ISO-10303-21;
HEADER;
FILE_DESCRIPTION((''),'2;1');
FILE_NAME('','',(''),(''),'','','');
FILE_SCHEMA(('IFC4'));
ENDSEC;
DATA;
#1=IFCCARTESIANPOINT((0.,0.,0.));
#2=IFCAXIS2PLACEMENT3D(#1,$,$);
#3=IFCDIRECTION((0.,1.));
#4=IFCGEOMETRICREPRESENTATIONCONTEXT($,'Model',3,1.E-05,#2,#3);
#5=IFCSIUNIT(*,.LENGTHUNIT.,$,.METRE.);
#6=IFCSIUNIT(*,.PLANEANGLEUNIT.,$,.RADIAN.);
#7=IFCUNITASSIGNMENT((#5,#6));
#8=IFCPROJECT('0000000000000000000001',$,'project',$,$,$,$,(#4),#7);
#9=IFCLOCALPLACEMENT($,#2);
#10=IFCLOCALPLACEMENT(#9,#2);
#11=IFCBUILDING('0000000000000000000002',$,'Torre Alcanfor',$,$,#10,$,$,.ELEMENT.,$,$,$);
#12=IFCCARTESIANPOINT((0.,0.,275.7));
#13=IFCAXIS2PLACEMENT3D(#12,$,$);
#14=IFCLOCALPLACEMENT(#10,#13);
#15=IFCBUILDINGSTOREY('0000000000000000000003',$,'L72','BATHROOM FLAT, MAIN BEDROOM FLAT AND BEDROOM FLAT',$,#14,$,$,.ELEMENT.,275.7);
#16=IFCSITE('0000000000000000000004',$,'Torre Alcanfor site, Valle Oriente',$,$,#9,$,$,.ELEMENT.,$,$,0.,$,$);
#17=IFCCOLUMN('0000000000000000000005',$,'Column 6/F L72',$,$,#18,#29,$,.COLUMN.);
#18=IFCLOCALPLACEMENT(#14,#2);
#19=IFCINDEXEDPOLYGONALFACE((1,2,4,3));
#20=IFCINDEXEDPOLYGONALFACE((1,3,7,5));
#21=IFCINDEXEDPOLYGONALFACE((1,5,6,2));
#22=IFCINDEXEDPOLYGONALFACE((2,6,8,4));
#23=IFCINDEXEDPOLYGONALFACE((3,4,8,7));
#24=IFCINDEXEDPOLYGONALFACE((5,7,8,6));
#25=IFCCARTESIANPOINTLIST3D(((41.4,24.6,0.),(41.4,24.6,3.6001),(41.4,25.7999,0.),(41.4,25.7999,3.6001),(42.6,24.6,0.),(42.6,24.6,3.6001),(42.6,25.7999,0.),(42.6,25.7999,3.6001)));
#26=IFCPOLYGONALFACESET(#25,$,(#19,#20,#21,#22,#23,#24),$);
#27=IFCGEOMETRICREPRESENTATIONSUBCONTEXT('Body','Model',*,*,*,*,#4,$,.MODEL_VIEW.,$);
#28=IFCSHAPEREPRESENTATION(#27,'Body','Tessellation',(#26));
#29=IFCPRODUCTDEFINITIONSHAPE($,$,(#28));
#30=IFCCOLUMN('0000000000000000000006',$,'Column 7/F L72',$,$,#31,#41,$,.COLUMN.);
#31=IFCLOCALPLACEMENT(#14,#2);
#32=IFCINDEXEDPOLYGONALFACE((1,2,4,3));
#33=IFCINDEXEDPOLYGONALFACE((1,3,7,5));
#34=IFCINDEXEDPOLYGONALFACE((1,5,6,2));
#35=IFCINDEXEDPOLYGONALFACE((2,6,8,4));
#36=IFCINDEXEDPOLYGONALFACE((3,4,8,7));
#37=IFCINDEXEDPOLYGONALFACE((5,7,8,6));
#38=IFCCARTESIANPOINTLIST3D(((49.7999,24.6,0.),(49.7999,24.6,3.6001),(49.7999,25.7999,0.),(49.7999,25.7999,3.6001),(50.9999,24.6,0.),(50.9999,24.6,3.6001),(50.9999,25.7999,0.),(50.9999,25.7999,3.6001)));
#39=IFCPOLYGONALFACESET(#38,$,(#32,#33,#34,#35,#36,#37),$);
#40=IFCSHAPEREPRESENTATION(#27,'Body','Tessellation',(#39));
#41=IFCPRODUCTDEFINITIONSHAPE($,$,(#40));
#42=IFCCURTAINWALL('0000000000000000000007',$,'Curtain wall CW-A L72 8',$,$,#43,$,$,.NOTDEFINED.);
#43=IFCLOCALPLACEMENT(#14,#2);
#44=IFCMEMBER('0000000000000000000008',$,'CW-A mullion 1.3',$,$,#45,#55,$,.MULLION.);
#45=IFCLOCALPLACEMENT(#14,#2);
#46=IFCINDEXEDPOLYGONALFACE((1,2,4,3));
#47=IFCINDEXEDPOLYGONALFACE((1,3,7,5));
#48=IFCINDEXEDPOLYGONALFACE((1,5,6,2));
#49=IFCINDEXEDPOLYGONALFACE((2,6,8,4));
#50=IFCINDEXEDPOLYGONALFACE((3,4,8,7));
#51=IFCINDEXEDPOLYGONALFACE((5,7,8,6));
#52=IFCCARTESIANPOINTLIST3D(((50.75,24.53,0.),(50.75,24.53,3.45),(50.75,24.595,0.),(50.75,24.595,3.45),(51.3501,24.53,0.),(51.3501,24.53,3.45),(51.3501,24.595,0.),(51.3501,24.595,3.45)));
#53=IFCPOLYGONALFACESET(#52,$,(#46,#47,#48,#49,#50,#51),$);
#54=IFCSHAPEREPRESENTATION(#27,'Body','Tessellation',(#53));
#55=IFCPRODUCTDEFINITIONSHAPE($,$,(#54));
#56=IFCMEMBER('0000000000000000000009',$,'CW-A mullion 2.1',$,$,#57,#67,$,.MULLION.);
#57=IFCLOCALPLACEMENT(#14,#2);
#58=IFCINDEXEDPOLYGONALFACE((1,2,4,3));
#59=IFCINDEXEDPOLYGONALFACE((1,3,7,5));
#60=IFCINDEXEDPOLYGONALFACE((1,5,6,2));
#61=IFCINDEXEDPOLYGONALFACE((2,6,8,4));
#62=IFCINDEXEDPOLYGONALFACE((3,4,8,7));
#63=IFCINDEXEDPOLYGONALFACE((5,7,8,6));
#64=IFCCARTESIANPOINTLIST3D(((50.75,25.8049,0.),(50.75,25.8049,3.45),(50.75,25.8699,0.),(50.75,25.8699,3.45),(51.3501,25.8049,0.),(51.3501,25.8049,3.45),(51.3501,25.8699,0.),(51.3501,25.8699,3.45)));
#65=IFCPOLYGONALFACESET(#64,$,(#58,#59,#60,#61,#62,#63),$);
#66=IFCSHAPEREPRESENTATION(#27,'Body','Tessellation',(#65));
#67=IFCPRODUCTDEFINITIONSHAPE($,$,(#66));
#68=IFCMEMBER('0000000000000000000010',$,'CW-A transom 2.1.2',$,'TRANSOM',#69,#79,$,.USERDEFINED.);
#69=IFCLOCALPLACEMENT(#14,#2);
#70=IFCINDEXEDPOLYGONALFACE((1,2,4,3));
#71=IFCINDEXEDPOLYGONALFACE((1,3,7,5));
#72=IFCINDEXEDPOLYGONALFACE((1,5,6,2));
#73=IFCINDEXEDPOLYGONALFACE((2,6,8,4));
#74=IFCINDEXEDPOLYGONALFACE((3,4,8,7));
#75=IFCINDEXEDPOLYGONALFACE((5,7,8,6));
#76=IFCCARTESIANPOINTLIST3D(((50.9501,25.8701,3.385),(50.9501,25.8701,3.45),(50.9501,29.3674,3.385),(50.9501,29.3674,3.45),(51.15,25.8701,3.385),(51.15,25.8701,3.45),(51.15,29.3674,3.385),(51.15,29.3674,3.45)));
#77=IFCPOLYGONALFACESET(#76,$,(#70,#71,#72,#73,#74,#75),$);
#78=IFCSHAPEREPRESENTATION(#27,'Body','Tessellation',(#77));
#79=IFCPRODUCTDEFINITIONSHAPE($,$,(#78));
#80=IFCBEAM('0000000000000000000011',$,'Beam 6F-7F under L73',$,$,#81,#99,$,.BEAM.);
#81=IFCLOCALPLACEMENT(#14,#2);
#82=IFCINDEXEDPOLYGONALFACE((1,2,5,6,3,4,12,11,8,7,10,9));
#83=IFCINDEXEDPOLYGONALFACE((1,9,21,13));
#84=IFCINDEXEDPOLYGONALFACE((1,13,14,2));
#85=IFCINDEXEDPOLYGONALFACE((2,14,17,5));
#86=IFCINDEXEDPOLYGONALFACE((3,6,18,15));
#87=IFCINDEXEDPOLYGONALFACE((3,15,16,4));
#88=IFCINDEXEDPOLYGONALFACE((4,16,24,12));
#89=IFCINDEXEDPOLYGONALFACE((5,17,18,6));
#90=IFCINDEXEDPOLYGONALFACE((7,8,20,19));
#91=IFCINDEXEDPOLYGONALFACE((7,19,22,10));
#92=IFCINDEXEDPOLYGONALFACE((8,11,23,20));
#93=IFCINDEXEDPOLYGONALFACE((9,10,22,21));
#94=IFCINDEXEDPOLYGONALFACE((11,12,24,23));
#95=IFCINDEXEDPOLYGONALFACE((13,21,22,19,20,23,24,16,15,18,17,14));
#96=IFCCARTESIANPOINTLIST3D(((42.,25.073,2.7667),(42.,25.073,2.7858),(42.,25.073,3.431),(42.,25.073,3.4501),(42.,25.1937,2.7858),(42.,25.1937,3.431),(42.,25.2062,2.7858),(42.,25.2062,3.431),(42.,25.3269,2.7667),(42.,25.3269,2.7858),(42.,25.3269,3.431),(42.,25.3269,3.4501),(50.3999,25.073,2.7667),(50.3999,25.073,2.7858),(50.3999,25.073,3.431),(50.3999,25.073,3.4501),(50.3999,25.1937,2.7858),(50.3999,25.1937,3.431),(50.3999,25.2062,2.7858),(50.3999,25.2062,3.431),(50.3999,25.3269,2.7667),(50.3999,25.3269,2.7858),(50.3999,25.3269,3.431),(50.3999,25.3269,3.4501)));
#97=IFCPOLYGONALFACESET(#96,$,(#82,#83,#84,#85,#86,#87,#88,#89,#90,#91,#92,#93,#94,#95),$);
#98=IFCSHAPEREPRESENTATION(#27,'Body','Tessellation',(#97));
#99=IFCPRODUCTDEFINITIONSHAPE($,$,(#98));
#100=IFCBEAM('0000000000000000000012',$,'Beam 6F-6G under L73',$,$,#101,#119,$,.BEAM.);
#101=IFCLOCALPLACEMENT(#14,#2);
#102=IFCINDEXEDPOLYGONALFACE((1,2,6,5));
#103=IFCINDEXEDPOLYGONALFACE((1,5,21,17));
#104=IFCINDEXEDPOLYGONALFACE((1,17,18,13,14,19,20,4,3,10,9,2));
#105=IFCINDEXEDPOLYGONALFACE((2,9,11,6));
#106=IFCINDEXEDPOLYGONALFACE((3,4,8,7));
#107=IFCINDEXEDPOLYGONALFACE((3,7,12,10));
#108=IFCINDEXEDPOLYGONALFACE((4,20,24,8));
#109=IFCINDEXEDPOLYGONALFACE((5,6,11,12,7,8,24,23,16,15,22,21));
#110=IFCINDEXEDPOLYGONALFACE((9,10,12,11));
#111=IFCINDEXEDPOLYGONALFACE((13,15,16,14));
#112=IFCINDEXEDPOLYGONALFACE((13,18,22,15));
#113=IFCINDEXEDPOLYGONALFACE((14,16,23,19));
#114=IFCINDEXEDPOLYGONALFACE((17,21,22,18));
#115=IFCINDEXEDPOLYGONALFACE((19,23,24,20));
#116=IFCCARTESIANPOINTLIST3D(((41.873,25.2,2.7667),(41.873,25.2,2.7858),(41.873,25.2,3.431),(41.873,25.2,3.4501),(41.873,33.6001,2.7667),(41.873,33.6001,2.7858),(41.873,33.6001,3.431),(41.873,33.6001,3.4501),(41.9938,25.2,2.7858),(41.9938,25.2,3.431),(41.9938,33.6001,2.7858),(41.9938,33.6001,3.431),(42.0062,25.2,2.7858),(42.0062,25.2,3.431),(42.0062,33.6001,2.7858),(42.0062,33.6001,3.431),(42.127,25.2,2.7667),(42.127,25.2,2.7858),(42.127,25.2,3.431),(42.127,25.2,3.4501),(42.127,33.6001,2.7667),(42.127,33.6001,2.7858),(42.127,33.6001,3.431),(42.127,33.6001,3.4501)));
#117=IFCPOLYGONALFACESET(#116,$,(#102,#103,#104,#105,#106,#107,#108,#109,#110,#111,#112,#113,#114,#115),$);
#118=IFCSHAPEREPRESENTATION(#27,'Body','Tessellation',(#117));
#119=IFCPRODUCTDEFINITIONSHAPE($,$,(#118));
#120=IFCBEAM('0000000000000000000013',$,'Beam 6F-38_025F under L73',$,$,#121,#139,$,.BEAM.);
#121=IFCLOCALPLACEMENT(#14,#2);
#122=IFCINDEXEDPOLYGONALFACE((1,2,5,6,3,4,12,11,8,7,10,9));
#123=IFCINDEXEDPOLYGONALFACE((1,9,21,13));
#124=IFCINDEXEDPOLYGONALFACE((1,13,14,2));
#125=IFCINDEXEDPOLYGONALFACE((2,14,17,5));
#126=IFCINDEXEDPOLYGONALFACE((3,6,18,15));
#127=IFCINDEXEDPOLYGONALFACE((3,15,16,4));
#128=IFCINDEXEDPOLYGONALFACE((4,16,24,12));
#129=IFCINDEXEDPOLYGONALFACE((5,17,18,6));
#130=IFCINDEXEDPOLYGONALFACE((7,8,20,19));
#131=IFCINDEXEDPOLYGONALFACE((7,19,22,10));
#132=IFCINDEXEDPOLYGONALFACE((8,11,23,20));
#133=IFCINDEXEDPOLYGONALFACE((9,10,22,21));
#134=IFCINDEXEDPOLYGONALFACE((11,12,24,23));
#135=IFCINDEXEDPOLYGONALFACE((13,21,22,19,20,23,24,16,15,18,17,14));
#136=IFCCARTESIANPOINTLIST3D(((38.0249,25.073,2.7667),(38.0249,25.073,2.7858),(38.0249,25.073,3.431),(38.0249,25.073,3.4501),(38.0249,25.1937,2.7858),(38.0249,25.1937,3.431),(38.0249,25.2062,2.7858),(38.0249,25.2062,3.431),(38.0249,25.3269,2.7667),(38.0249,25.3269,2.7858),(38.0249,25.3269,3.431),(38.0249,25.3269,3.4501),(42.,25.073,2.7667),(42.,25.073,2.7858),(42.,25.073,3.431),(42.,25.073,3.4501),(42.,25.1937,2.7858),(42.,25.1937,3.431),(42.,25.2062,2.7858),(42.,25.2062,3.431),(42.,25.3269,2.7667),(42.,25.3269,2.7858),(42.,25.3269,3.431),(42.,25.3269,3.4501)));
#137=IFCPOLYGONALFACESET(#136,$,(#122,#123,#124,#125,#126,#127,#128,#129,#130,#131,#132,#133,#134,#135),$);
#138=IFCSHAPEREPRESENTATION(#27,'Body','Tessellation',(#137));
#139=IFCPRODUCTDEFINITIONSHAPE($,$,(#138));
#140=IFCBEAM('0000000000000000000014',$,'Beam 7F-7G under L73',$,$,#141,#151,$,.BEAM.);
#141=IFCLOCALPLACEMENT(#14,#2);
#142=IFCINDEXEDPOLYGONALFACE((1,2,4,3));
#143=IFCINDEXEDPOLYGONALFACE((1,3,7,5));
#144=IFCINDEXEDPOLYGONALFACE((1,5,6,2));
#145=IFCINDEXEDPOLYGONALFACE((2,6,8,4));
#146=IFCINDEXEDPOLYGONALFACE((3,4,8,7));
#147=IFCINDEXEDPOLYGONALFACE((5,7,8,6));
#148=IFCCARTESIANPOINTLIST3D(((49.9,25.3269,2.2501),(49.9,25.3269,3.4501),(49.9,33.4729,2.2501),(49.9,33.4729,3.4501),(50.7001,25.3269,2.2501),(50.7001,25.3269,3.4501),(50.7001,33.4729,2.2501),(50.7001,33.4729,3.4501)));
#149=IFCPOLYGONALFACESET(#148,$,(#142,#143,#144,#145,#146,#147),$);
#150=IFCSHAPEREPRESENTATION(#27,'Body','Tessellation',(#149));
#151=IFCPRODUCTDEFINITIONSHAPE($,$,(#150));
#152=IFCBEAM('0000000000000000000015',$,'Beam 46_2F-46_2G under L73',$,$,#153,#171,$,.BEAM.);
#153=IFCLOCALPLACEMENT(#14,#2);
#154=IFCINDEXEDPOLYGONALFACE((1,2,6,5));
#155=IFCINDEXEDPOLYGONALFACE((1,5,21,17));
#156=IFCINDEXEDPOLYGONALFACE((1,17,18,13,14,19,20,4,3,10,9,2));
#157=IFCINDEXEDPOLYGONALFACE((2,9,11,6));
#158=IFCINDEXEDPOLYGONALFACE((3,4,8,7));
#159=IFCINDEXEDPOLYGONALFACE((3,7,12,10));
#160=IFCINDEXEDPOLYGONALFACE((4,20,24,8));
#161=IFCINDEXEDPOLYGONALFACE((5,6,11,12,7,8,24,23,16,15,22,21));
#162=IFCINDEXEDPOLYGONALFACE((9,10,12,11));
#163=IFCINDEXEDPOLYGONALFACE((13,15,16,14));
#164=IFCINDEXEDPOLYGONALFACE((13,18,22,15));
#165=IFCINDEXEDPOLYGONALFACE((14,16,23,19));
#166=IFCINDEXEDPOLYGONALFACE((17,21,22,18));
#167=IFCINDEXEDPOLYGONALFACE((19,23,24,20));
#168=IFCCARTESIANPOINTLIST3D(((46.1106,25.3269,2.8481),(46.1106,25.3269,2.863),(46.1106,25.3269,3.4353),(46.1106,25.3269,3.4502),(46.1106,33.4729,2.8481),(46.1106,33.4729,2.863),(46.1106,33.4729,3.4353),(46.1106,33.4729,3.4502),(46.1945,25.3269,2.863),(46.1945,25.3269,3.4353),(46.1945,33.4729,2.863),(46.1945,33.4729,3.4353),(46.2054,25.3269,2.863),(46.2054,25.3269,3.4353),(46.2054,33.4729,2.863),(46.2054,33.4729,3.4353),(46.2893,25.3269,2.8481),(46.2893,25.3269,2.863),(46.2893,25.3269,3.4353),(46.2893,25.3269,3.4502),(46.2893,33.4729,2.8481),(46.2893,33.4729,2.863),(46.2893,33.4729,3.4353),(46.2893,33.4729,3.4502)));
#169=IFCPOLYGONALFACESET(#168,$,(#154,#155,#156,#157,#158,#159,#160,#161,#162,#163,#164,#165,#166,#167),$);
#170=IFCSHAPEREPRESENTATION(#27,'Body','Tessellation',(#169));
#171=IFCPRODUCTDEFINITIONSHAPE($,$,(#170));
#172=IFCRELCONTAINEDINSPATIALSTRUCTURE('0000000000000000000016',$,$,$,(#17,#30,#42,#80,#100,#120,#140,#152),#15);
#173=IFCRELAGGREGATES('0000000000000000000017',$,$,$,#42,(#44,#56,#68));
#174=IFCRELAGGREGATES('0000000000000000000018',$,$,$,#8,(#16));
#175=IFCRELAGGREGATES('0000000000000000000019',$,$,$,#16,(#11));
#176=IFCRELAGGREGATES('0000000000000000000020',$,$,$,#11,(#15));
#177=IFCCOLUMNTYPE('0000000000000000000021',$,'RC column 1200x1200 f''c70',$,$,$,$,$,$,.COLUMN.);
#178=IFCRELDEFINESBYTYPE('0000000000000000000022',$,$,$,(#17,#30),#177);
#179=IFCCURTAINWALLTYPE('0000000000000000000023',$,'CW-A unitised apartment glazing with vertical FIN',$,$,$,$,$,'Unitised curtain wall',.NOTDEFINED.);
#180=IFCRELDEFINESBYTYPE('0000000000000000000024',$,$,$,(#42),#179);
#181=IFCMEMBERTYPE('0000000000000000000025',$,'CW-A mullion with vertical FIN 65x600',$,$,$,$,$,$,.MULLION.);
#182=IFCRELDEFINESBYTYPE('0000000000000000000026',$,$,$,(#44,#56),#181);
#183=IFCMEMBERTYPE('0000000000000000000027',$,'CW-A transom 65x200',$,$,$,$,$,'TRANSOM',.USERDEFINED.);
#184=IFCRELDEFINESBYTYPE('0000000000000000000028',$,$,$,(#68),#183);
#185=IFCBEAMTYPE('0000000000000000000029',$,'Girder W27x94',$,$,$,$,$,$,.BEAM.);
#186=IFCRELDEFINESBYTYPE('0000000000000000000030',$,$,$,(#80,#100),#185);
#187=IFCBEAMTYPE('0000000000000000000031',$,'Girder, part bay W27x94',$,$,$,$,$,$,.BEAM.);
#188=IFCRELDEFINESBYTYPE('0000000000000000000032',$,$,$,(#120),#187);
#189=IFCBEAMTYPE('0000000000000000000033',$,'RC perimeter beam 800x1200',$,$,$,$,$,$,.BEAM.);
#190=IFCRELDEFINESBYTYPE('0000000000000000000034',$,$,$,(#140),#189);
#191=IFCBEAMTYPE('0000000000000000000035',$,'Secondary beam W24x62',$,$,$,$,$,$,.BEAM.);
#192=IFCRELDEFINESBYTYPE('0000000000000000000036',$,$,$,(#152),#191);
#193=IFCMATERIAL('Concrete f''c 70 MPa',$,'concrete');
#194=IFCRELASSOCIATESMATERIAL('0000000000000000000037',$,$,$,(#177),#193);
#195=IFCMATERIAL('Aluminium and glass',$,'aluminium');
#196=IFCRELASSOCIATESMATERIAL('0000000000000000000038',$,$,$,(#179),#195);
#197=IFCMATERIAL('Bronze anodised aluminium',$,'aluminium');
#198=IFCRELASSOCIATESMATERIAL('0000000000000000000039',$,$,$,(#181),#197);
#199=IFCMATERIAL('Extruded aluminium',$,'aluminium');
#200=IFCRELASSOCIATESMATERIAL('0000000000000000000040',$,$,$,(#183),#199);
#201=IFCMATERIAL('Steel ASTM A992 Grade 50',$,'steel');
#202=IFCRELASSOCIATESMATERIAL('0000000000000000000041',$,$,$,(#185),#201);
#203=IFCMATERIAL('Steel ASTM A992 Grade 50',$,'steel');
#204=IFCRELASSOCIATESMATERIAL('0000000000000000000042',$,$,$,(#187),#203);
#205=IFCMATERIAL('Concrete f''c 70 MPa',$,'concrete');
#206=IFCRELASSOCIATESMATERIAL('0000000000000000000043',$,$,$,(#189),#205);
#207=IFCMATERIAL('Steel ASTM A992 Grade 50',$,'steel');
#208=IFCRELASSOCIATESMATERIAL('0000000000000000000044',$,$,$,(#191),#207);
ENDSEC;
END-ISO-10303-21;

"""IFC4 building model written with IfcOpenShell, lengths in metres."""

from ifc_helpers import new_model, si_unit, direction, frame, origin, origin_2d, place, context, subcontext, project, spatial, rectangle, i_section, extrude, material, material_profile, profile_set, type_object, element, aggregate, save


model = new_model("IFC4")

# Units and contexts
model_context = context("Model", 3, precision=1e-05, world=origin(), true_north=direction((0.0, 1.0)))
body_context = subcontext(model_context, "Body", "Model", "MODEL_VIEW")
ifc_project = project(units=[si_unit("LENGTHUNIT", "METRE"), si_unit("PLANEANGLEUNIT", "RADIAN")], contexts=[model_context])

# Site, building, storey
site_placement = place(None, origin())
site = spatial("IfcSite", under=ifc_project, at=site_placement, Name="Torre Alcanfor site, Valle Oriente", CompositionType="ELEMENT", RefElevation=0.0)
building_placement = place(site_placement, origin())
building = spatial("IfcBuilding", under=site, at=building_placement, Name="Torre Alcanfor", CompositionType="ELEMENT")
storey_placement = place(building_placement, frame((0.0, 0.0, 275.7)))
storey = spatial("IfcBuildingStorey", under=building, at=storey_placement, Name="L72", Description="BATHROOM FLAT, MAIN BEDROOM FLAT AND BEDROOM FLAT", CompositionType="ELEMENT", Elevation=275.7)

# Columns
ifc_material_1 = material(Name="Concrete f'c 70 MPa", Category="concrete")
ifc_material_profile_1 = material_profile(ifc_material_1, rectangle(XDim=1.2, YDim=1.2, at=origin_2d()), Name="1200x1200")
ifc_profile_set_1 = profile_set([ifc_material_profile_1], Name="Concrete f'c 70 MPa")
column_type = type_object("IfcColumnType", Name="RC column 1200x1200 f'c70", PredefinedType="COLUMN", material=ifc_profile_set_1)
for number, where, z_axis, x_axis, name in (
    (1, (42.0, 25.2, 0.0), (0.0, 0.0, 1.0), (1.0, 0.0, 0.0), "Column 6/F L72"),
    (2, (50.3999, 25.2, 0.0), (0.0, 0.0, 1.0), (1.0, 0.0, 0.0), "Column 7/F L72"),
):
    element("IfcColumn", number, at=place(storey_placement, frame(where, z_axis=z_axis, x_axis=x_axis)), inside=storey, type_object=column_type, Name=name, PredefinedType="COLUMN", context=body_context, shape_type="SweptSolid", body=[
        extrude(rectangle(XDim=1.2, YDim=1.2, at=origin_2d()), origin(), (0.0, 0.0, 1.0), 3.6001),
    ])

# Curtain wall, members
ifc_material_2 = material(Name="Aluminium and glass", Category="aluminium")
curtain_wall_type = type_object("IfcCurtainWallType", Name="CW-A unitised apartment glazing with vertical FIN", ElementType="Unitised curtain wall", PredefinedType="NOTDEFINED", material=ifc_material_2)
curtain_wall_placement = place(storey_placement, origin())
curtain_wall = element("IfcCurtainWall", 3, at=curtain_wall_placement, inside=storey, type_object=curtain_wall_type, Name="Curtain wall CW-A L72 8", PredefinedType="NOTDEFINED")
ifc_material_3 = material(Name="Bronze anodised aluminium", Category="aluminium")
ifc_material_profile_2 = material_profile(ifc_material_3, rectangle(XDim=0.6001, YDim=0.0649, at=origin_2d()), Name="CW-A mullion 65x600")
ifc_profile_set_2 = profile_set([ifc_material_profile_2], Name="Bronze anodised aluminium")
member_type_1 = type_object("IfcMemberType", Name="CW-A mullion with vertical FIN 65x600", PredefinedType="MULLION", material=ifc_profile_set_2)
member_1_placement = place(storey_placement, frame((51.05, 24.5625, 0.0), z_axis=(0.0, 0.0, 1.0), x_axis=(-1.0, 0.0, 0.0)))
member_1 = element("IfcMember", 4, at=member_1_placement, type_object=member_type_1, Name="CW-A mullion 1.3", PredefinedType="MULLION", context=body_context, shape_type="SweptSolid", body=[
    extrude(rectangle(XDim=0.6001, YDim=0.0649, at=origin_2d()), origin(), (0.0, 0.0, 1.0), 3.45),
])
member_2_placement = place(storey_placement, frame((51.05, 25.8374, 0.0), z_axis=(0.0, 0.0, 1.0), x_axis=(-1.0, 0.0, 0.0)))
member_2 = element("IfcMember", 5, at=member_2_placement, type_object=member_type_1, Name="CW-A mullion 2.1", PredefinedType="MULLION", context=body_context, shape_type="SweptSolid", body=[
    extrude(rectangle(XDim=0.6001, YDim=0.0649, at=origin_2d()), origin(), (0.0, 0.0, 1.0), 3.45),
])
ifc_material_4 = material(Name="Extruded aluminium", Category="aluminium")
ifc_material_profile_3 = material_profile(ifc_material_4, rectangle(XDim=0.2, YDim=0.0649, at=origin_2d()), Name="CW-A transom 200x65")
ifc_profile_set_3 = profile_set([ifc_material_profile_3], Name="Extruded aluminium")
member_type_2 = type_object("IfcMemberType", Name="CW-A transom 65x200", ElementType="TRANSOM", PredefinedType="USERDEFINED", material=ifc_profile_set_3)
member_3_placement = place(storey_placement, frame((51.05, 25.8701, 3.4175), z_axis=(0.0, 1.0, 0.0), x_axis=(-1.0, 0.0, 0.0)))
member_3 = element("IfcMember", 6, at=member_3_placement, type_object=member_type_2, Name="CW-A transom 2.1.2", ObjectType="TRANSOM", PredefinedType="USERDEFINED", context=body_context, shape_type="SweptSolid", body=[
    extrude(rectangle(XDim=0.2, YDim=0.0649, at=origin_2d()), origin(), (0.0, 0.0, 1.0), 3.4973),
])

# Beams
ifc_material_5 = material(Name="Steel ASTM A992 Grade 50", Category="steel")
ifc_material_profile_4 = material_profile(ifc_material_5, i_section(OverallWidth=0.2539, OverallDepth=0.6833, WebThickness=0.0125, FlangeThickness=0.019, at=origin_2d()), Name="W27x94")
ifc_profile_set_4 = profile_set([ifc_material_profile_4], Name="Steel ASTM A992 Grade 50")
beam_type_1 = type_object("IfcBeamType", Name="Girder W27x94", PredefinedType="BEAM", material=ifc_profile_set_4)
beam_1_placement = place(storey_placement, frame((42.0, 25.2, 3.1084), z_axis=(1.0, 0.0, 0.0), x_axis=(0.0, 1.0, 0.0)))
element("IfcBeam", 7, at=beam_1_placement, inside=storey, type_object=beam_type_1, Name="Beam 6F-7F under L73", PredefinedType="BEAM", context=body_context, shape_type="SweptSolid", body=[
    extrude(i_section(OverallWidth=0.2539, OverallDepth=0.6833, WebThickness=0.0125, FlangeThickness=0.019, at=origin_2d()), origin(), (0.0, 0.0, 1.0), 8.3999),
])
beam_2_placement = place(storey_placement, frame((42.0, 25.2, 3.1084), z_axis=(0.0, 1.0, 0.0), x_axis=(-1.0, 0.0, 0.0)))
element("IfcBeam", 8, at=beam_2_placement, inside=storey, type_object=beam_type_1, Name="Beam 6F-6G under L73", PredefinedType="BEAM", context=body_context, shape_type="SweptSolid", body=[
    extrude(i_section(OverallWidth=0.2539, OverallDepth=0.6833, WebThickness=0.0125, FlangeThickness=0.019, at=origin_2d()), origin(), (0.0, 0.0, 1.0), 8.4001),
])
ifc_material_6 = material(Name="Steel ASTM A992 Grade 50", Category="steel")
ifc_material_profile_5 = material_profile(ifc_material_6, i_section(OverallWidth=0.2539, OverallDepth=0.6833, WebThickness=0.0125, FlangeThickness=0.019, at=origin_2d()), Name="W27x94")
ifc_profile_set_5 = profile_set([ifc_material_profile_5], Name="Steel ASTM A992 Grade 50")
beam_type_2 = type_object("IfcBeamType", Name="Girder, part bay W27x94", PredefinedType="BEAM", material=ifc_profile_set_5)
beam_3_placement = place(storey_placement, frame((42.0, 25.2, 3.1084), z_axis=(-1.0, 0.0, 0.0), x_axis=(0.0, -1.0, 0.0)))
element("IfcBeam", 9, at=beam_3_placement, inside=storey, type_object=beam_type_2, Name="Beam 6F-38_025F under L73", PredefinedType="BEAM", context=body_context, shape_type="SweptSolid", body=[
    extrude(i_section(OverallWidth=0.2539, OverallDepth=0.6833, WebThickness=0.0125, FlangeThickness=0.019, at=origin_2d()), origin(), (0.0, 0.0, 1.0), 3.9751),
])
ifc_material_7 = material(Name="Concrete f'c 70 MPa", Category="concrete")
ifc_material_profile_6 = material_profile(ifc_material_7, rectangle(XDim=0.8, YDim=1.2, at=origin_2d()), Name="800x1200")
ifc_profile_set_6 = profile_set([ifc_material_profile_6], Name="Concrete f'c 70 MPa")
beam_type_3 = type_object("IfcBeamType", Name="RC perimeter beam 800x1200", PredefinedType="BEAM", material=ifc_profile_set_6)
beam_4_placement = place(storey_placement, frame((50.3, 25.3269, 2.8501), z_axis=(0.0, 1.0, 0.0), x_axis=(-1.0, 0.0, 0.0)))
element("IfcBeam", 10, at=beam_4_placement, inside=storey, type_object=beam_type_3, Name="Beam 7F-7G under L73", PredefinedType="BEAM", context=body_context, shape_type="SweptSolid", body=[
    extrude(rectangle(XDim=0.8, YDim=1.2, at=origin_2d()), origin(), (0.0, 0.0, 1.0), 8.146),
])
ifc_material_8 = material(Name="Steel ASTM A992 Grade 50", Category="steel")
ifc_material_profile_7 = material_profile(ifc_material_8, i_section(OverallWidth=0.1787, OverallDepth=0.6021, WebThickness=0.011, FlangeThickness=0.0149, at=origin_2d()), Name="W24x62")
ifc_profile_set_7 = profile_set([ifc_material_profile_7], Name="Steel ASTM A992 Grade 50")
beam_type_4 = type_object("IfcBeamType", Name="Secondary beam W24x62", PredefinedType="BEAM", material=ifc_profile_set_7)
beam_5_placement = place(storey_placement, frame((46.2, 25.3269, 3.1492), z_axis=(0.0, 1.0, 0.0), x_axis=(-1.0, 0.0, 0.0)))
element("IfcBeam", 11, at=beam_5_placement, inside=storey, type_object=beam_type_4, Name="Beam 46_2F-46_2G under L73", PredefinedType="BEAM", context=body_context, shape_type="SweptSolid", body=[
    extrude(i_section(OverallWidth=0.1787, OverallDepth=0.6021, WebThickness=0.011, FlangeThickness=0.0149, at=origin_2d()), origin(), (0.0, 0.0, 1.0), 8.146),
])

aggregate(curtain_wall, [member_1, member_2, member_3])

save(model, "model.ifc")
